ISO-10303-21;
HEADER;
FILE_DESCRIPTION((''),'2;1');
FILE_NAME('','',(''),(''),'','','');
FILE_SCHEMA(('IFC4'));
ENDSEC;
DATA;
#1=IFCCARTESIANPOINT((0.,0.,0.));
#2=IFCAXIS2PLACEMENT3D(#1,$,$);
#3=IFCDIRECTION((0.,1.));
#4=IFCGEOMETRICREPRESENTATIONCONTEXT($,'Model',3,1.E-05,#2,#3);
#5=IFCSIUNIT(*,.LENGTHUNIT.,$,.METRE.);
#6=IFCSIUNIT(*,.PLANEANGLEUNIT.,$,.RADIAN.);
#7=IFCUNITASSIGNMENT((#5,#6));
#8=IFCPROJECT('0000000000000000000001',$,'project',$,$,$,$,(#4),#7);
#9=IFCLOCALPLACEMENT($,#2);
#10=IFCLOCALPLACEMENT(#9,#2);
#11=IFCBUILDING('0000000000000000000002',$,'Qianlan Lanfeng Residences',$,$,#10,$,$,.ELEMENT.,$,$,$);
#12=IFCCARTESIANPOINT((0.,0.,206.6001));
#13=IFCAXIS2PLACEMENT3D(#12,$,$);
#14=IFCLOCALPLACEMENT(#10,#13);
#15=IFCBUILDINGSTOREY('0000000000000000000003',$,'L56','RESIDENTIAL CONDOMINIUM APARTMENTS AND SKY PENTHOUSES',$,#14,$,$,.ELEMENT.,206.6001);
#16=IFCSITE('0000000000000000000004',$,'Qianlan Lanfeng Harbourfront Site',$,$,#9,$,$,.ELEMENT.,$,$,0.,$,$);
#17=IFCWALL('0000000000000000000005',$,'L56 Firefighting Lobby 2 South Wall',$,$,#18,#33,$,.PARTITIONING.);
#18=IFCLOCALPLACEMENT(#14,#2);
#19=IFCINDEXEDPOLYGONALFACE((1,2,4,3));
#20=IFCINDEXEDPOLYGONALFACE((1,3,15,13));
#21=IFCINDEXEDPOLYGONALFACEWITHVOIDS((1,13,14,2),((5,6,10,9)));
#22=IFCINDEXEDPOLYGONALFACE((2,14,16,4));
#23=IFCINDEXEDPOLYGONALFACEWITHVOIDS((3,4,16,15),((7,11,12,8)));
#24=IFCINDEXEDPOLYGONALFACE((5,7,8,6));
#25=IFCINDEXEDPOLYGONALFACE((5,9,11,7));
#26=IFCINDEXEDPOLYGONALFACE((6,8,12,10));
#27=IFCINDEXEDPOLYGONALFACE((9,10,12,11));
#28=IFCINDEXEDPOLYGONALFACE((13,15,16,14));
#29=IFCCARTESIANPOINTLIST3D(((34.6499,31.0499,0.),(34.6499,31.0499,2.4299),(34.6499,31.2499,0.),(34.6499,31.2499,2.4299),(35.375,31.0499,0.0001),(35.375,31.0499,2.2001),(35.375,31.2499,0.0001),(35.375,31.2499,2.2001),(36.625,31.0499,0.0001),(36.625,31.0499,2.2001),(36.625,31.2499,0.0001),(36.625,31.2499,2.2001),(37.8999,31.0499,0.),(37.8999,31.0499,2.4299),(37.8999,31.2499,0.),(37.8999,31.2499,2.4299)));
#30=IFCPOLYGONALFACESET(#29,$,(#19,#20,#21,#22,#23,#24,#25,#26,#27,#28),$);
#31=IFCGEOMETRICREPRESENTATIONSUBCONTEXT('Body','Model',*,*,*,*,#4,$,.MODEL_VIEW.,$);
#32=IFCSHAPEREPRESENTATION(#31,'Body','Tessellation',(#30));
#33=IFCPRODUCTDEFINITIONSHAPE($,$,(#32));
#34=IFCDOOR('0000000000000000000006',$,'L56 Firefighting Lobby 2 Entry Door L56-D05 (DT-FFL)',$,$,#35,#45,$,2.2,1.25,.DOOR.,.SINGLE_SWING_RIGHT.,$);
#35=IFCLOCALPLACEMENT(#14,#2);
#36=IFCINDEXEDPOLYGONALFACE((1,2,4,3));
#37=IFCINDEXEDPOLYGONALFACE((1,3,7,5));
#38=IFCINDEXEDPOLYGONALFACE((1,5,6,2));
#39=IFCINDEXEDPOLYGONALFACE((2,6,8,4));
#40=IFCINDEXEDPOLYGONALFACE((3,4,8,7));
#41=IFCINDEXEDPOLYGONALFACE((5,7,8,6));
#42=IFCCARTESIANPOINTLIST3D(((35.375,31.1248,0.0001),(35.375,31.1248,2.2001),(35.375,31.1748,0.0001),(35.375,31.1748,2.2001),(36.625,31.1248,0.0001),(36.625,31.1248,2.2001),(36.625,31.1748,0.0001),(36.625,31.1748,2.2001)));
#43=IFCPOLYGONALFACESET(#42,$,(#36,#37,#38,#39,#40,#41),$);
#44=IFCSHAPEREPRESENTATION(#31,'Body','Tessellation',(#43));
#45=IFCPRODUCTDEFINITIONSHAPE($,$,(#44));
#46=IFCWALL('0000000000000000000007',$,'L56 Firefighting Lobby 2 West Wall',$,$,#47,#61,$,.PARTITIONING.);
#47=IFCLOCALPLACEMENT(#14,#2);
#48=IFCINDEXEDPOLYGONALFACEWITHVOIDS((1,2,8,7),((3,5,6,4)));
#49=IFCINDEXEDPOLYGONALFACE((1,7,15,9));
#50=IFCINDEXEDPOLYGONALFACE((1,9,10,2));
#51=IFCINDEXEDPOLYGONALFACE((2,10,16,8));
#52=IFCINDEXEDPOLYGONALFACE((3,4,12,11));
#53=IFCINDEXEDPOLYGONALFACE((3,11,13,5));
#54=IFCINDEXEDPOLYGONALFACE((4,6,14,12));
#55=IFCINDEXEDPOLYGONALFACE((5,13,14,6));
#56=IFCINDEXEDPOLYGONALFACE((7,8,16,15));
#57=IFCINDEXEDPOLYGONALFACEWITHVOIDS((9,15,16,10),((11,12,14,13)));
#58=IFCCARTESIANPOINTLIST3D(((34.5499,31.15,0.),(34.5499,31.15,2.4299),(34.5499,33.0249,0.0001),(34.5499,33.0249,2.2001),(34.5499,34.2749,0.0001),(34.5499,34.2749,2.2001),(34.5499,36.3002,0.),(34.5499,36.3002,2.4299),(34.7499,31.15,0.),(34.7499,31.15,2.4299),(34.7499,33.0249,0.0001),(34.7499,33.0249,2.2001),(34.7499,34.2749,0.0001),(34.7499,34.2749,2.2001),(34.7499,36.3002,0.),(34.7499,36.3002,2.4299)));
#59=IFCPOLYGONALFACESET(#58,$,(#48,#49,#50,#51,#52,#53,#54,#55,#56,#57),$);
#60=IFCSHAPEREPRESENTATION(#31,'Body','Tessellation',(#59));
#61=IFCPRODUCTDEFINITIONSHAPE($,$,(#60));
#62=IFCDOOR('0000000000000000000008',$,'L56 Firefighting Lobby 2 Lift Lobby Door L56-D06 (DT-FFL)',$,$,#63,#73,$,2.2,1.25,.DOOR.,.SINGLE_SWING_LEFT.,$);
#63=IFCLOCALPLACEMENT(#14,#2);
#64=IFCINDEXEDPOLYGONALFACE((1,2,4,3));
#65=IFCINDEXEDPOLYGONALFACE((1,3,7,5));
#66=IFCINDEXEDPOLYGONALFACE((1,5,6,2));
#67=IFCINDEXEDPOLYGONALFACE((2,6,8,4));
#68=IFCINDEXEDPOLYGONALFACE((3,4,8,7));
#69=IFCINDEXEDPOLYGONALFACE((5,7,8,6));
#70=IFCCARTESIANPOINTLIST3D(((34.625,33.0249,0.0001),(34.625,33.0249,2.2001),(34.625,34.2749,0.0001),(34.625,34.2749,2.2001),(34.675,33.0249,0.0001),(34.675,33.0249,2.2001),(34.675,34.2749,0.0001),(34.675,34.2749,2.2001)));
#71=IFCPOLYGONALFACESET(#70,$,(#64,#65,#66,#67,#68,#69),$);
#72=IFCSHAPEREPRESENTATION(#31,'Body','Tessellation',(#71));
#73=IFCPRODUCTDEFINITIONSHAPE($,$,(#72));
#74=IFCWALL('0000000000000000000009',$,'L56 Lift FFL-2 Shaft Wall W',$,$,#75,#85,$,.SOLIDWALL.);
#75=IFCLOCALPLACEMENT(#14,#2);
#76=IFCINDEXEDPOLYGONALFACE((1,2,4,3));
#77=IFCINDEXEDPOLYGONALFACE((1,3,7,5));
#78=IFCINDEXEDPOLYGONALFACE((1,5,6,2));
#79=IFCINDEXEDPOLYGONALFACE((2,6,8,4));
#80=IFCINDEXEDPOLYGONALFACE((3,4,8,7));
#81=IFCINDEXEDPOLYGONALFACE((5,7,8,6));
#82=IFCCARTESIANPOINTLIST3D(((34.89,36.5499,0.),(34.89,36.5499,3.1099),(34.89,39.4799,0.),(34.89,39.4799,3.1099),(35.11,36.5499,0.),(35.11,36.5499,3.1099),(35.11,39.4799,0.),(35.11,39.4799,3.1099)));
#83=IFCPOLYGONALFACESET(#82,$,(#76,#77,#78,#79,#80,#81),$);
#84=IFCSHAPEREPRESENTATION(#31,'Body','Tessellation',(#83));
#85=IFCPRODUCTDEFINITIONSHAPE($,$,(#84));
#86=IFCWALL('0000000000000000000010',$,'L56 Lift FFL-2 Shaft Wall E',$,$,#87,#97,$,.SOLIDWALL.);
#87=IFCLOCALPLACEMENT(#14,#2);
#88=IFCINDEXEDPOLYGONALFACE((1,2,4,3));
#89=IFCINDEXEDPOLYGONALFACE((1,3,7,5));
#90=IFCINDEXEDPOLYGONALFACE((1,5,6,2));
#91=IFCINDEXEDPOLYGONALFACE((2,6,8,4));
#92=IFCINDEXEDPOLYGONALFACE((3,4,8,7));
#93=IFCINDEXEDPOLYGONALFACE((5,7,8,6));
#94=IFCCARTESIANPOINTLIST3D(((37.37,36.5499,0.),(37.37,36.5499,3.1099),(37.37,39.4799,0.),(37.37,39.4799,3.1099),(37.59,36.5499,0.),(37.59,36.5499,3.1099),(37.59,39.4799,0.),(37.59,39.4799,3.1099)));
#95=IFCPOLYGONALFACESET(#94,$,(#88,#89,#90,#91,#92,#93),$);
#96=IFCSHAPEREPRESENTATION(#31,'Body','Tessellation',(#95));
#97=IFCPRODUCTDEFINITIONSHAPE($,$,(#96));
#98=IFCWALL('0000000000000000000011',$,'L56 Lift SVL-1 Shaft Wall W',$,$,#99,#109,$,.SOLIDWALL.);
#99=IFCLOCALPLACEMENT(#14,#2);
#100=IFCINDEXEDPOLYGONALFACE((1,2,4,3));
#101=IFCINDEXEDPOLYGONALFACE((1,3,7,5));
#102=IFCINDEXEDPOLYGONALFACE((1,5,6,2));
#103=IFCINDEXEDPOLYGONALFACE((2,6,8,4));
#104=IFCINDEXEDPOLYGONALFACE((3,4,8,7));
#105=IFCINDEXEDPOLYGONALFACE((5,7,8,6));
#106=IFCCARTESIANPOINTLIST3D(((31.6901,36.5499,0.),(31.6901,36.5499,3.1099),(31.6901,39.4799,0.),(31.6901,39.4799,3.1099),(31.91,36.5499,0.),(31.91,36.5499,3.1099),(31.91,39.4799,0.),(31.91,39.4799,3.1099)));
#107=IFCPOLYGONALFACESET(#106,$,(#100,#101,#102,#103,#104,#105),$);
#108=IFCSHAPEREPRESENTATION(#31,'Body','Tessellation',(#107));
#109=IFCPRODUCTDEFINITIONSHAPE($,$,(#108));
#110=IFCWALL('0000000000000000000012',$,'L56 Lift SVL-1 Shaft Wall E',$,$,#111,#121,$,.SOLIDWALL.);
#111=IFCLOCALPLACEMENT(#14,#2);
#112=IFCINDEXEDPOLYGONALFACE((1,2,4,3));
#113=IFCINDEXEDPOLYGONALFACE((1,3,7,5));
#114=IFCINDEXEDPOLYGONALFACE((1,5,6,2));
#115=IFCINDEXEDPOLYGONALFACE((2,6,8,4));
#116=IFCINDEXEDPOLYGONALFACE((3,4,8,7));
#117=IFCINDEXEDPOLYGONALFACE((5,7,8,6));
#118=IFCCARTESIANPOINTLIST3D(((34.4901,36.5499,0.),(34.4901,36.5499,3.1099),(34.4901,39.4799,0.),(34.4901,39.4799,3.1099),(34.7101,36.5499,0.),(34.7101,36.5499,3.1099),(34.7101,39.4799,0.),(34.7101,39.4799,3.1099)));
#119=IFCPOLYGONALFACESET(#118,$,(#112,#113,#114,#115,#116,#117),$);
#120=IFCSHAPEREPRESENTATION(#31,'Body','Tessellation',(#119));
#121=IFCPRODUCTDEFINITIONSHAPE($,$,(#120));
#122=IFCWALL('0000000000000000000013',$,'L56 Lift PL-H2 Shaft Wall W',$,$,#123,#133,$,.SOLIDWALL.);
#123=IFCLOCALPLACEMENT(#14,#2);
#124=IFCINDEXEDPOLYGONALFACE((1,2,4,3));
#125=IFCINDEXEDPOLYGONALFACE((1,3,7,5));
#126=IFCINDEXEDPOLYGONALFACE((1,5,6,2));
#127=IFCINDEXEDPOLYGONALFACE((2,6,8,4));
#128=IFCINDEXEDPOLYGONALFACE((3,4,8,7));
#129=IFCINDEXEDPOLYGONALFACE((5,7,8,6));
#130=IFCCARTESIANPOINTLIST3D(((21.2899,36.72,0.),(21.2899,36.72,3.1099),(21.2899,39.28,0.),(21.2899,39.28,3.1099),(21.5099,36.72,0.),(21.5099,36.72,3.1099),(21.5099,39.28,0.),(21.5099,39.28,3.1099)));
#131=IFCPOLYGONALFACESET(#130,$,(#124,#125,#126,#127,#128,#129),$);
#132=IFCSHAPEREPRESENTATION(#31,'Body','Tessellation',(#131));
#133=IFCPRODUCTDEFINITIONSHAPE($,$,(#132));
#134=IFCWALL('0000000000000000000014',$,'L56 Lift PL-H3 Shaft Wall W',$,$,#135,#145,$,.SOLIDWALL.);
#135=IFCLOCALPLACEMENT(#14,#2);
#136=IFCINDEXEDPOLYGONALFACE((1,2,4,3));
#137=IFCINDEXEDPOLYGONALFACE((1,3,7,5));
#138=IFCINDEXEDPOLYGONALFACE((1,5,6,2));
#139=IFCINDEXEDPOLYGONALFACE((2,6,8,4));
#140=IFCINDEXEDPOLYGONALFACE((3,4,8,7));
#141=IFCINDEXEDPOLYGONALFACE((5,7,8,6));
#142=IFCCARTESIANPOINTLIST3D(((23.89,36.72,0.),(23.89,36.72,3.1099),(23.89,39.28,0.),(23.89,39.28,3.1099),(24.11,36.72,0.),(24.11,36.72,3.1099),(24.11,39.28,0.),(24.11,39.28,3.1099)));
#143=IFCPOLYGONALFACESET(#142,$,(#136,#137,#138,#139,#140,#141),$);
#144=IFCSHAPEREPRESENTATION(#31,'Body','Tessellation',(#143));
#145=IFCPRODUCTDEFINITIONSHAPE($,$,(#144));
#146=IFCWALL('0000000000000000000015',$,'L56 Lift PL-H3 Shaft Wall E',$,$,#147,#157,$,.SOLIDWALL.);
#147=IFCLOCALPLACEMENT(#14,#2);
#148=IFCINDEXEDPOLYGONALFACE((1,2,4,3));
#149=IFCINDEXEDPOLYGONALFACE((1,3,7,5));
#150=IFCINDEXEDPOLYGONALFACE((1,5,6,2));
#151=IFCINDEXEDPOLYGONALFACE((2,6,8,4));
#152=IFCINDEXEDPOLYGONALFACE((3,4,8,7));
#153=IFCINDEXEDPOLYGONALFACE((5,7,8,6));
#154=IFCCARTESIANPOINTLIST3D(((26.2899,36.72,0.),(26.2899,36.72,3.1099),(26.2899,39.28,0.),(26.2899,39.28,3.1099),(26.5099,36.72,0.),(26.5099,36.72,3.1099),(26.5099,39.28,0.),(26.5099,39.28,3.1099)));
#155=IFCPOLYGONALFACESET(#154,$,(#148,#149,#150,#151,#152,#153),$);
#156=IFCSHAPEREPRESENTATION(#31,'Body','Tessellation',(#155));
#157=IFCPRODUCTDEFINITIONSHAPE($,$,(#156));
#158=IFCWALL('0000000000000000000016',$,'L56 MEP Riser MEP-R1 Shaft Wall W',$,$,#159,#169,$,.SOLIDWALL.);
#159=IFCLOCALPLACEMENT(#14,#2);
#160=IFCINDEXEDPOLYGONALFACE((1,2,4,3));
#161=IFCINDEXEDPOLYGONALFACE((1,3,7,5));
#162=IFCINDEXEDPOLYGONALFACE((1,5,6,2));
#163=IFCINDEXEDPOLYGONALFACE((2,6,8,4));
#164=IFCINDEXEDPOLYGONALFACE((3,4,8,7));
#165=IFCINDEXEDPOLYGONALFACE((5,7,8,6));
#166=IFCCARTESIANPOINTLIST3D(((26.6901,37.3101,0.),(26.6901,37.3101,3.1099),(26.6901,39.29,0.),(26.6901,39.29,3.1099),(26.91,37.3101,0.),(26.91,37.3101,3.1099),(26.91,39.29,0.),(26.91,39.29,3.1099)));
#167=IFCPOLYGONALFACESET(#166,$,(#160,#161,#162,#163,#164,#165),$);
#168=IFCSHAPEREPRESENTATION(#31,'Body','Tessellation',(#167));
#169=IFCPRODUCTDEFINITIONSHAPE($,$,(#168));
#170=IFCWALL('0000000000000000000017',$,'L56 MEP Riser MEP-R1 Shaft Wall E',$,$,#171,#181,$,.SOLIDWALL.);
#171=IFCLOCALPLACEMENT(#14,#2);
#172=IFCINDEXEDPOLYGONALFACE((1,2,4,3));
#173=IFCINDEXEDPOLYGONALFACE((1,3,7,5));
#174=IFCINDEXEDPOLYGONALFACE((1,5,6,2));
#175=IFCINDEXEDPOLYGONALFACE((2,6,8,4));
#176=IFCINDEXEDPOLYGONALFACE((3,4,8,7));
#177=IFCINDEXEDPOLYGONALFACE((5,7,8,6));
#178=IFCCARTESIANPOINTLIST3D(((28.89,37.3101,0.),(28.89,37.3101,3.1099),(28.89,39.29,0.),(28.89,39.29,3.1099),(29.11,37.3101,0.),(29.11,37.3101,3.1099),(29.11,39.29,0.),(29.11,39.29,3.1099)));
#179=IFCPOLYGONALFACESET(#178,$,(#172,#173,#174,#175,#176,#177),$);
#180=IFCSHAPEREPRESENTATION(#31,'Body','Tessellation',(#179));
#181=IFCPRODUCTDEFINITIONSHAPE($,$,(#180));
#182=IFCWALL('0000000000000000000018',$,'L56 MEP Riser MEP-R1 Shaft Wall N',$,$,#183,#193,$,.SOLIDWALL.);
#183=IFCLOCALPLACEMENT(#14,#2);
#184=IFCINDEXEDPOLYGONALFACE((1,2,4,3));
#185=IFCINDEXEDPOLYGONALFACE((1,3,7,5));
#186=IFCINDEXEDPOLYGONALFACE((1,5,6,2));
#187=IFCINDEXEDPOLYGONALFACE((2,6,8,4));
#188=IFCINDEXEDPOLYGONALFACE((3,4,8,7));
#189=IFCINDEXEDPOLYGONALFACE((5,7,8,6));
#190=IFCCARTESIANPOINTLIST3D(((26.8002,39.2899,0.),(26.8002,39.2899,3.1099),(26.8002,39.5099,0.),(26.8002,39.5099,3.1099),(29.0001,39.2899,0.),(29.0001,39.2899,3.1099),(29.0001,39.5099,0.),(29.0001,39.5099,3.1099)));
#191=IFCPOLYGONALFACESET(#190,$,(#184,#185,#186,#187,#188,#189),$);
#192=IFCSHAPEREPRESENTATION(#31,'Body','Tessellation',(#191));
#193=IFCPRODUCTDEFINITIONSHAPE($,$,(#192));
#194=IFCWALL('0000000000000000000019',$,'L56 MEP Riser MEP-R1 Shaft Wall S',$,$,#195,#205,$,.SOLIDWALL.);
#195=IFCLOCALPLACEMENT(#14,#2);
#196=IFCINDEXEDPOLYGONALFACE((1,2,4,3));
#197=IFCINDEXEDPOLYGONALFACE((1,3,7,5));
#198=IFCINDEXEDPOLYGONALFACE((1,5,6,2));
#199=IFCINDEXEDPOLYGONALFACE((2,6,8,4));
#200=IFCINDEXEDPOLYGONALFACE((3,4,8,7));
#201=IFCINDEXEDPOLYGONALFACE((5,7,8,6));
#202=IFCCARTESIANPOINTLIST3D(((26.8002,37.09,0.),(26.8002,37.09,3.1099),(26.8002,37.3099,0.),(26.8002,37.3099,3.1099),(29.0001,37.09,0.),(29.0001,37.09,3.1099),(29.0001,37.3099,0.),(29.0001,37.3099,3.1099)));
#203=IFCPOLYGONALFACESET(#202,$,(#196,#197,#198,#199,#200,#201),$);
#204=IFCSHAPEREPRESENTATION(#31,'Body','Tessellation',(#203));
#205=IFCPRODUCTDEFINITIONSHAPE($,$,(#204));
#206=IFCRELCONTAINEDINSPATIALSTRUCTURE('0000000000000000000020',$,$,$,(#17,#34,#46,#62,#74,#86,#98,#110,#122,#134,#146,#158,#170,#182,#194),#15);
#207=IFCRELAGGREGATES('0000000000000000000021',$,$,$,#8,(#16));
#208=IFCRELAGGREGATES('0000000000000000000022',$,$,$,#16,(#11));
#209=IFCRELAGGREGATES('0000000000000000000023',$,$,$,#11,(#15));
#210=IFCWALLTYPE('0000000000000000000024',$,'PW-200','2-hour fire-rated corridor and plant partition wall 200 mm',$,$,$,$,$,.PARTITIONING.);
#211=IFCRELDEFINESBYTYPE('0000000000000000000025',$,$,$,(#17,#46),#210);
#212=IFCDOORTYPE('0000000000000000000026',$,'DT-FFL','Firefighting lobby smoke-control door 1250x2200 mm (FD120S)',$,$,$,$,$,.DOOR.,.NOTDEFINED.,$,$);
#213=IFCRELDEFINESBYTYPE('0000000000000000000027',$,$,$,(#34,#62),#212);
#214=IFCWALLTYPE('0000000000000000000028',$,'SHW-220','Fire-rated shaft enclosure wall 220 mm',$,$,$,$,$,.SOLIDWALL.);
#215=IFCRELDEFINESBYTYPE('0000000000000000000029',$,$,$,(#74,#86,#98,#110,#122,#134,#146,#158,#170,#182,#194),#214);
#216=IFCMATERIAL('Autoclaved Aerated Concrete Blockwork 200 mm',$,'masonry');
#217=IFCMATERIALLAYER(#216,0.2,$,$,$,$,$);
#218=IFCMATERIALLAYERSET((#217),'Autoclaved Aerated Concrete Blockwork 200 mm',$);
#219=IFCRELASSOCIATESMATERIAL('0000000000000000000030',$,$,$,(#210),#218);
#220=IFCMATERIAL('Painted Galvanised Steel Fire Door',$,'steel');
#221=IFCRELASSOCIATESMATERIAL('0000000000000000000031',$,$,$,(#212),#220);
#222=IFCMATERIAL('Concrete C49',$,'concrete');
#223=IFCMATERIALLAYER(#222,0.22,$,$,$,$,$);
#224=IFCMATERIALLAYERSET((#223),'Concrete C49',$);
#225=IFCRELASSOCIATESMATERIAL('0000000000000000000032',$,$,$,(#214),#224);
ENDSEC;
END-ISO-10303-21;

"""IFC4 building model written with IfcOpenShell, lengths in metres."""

from ifc_helpers import new_model, si_unit, direction, frame, frame_2d, origin, place, context, subcontext, project, spatial, rectangle, extrude, material, layer, layer_set, type_object, element, fill, save


model = new_model("IFC4")

# Units and contexts
model_context = context("Model", 3, precision=1e-05, world=origin(), true_north=direction((0.0, 1.0)))
body_context = subcontext(model_context, "Body", "Model", "MODEL_VIEW")
ifc_project = project(units=[si_unit("LENGTHUNIT", "METRE"), si_unit("PLANEANGLEUNIT", "RADIAN")], contexts=[model_context])

# Site, building, storey
site_placement = place(None, origin())
site = spatial("IfcSite", under=ifc_project, at=site_placement, Name="Qianlan Lanfeng Harbourfront Site", CompositionType="ELEMENT", RefElevation=0.0)
building_placement = place(site_placement, origin())
building = spatial("IfcBuilding", under=site, at=building_placement, Name="Qianlan Lanfeng Residences", CompositionType="ELEMENT")
storey_placement = place(building_placement, frame((0.0, 0.0, 206.6001)))
storey = spatial("IfcBuildingStorey", under=building, at=storey_placement, Name="L56", Description="RESIDENTIAL CONDOMINIUM APARTMENTS AND SKY PENTHOUSES", CompositionType="ELEMENT", Elevation=206.6001)

# Walls, openings, doors
ifc_material_1 = material(Name="Autoclaved Aerated Concrete Blockwork 200 mm", Category="masonry")
ifc_layer_1 = layer(ifc_material_1, 0.2)
ifc_layer_set_1 = layer_set([ifc_layer_1], Name="Autoclaved Aerated Concrete Blockwork 200 mm")
wall_type_1 = type_object("IfcWallType", Name="PW-200", Description="2-hour fire-rated corridor and plant partition wall 200 mm", PredefinedType="PARTITIONING", material=ifc_layer_set_1)
wall_1_placement = place(storey_placement, frame((34.6499, 31.1499, 0.0), z_axis=(0.0, 0.0, 1.0), x_axis=(1.0, 0.0, 0.0)))
wall_1 = element("IfcWall", 1, at=wall_1_placement, inside=storey, type_object=wall_type_1, Name="L56 Firefighting Lobby 2 South Wall", PredefinedType="PARTITIONING", context=body_context, shape_type="SweptSolid", body=[
    extrude(rectangle(XDim=3.25, YDim=0.2, at=frame_2d((1.625, 0.0))), origin(), (0.0, 0.0, 1.0), 2.4299),
])
opening_1_placement = place(wall_1_placement, frame((0.7251, 0.0, 0.0)))
opening_1 = element("IfcOpeningElement", 2, at=opening_1_placement, cuts=wall_1, PredefinedType="OPENING", context=body_context, shape_type="SweptSolid", body=[
    extrude(rectangle(XDim=1.25, YDim=2.2, at=frame_2d((0.625, 1.1001))), frame((0.0, 0.1099, 0.0), z_axis=(0.0, -1.0, 0.0), x_axis=(1.0, 0.0, 0.0)), (0.0, 0.0, 1.0), 0.22),
])
ifc_material_2 = material(Name="Painted Galvanised Steel Fire Door", Category="steel")
door_type = type_object("IfcDoorType", Name="DT-FFL", Description="Firefighting lobby smoke-control door 1250x2200 mm (FD120S)", OperationType="NOTDEFINED", PredefinedType="DOOR", material=ifc_material_2)
door_1_placement = place(opening_1_placement, origin())
door_1 = element("IfcDoor", 3, at=door_1_placement, inside=storey, type_object=door_type, Name="L56 Firefighting Lobby 2 Entry Door L56-D05 (DT-FFL)", OperationType="SINGLE_SWING_RIGHT", OverallHeight=2.2, OverallWidth=1.25, PredefinedType="DOOR", context=body_context, shape_type="SweptSolid", body=[
    extrude(rectangle(XDim=1.25, YDim=2.2, at=frame_2d((0.625, 1.1001))), frame((0.0, 0.0249, 0.0), z_axis=(0.0, -1.0, 0.0), x_axis=(1.0, 0.0, 0.0)), (0.0, 0.0, 1.0), 0.05),
])
fill(opening_1, door_1)
wall_2_placement = place(storey_placement, frame((34.6499, 31.1499, 0.0), z_axis=(0.0, 0.0, 1.0), x_axis=(0.0, 1.0, 0.0)))
wall_2 = element("IfcWall", 4, at=wall_2_placement, inside=storey, type_object=wall_type_1, Name="L56 Firefighting Lobby 2 West Wall", PredefinedType="PARTITIONING", context=body_context, shape_type="SweptSolid", body=[
    extrude(rectangle(XDim=5.1501, YDim=0.2, at=frame_2d((2.5752, 0.0))), origin(), (0.0, 0.0, 1.0), 2.4299),
])
opening_2_placement = place(wall_2_placement, frame((1.875, 0.0, 0.0)))
opening_2 = element("IfcOpeningElement", 5, at=opening_2_placement, cuts=wall_2, PredefinedType="OPENING", context=body_context, shape_type="SweptSolid", body=[
    extrude(rectangle(XDim=1.25, YDim=2.2, at=frame_2d((0.625, 1.1001))), frame((0.0, 0.1099, 0.0), z_axis=(0.0, -1.0, 0.0), x_axis=(1.0, 0.0, 0.0)), (0.0, 0.0, 1.0), 0.22),
])
door_2_placement = place(opening_2_placement, origin())
door_2 = element("IfcDoor", 6, at=door_2_placement, inside=storey, type_object=door_type, Name="L56 Firefighting Lobby 2 Lift Lobby Door L56-D06 (DT-FFL)", OperationType="SINGLE_SWING_LEFT", OverallHeight=2.2, OverallWidth=1.25, PredefinedType="DOOR", context=body_context, shape_type="SweptSolid", body=[
    extrude(rectangle(XDim=1.25, YDim=2.2, at=frame_2d((0.625, 1.1001))), frame((0.0, 0.0249, 0.0), z_axis=(0.0, -1.0, 0.0), x_axis=(1.0, 0.0, 0.0)), (0.0, 0.0, 1.0), 0.05),
])
fill(opening_2, door_2)

# Walls
ifc_material_3 = material(Name="Concrete C49", Category="concrete")
ifc_layer_2 = layer(ifc_material_3, 0.22)
ifc_layer_set_2 = layer_set([ifc_layer_2], Name="Concrete C49")
wall_type_2 = type_object("IfcWallType", Name="SHW-220", Description="Fire-rated shaft enclosure wall 220 mm", PredefinedType="SOLIDWALL", material=ifc_layer_set_2)
for number, where, z_axis, x_axis, name in (
    (7, (35.0, 36.55, 0.0), (0.0, 0.0, 1.0), (0.0, 1.0, 0.0), "L56 Lift FFL-2 Shaft Wall W"),
    (8, (37.48, 36.55, 0.0), (0.0, 0.0, 1.0), (0.0, 1.0, 0.0), "L56 Lift FFL-2 Shaft Wall E"),
    (9, (31.8, 36.55, 0.0), (0.0, 0.0, 1.0), (0.0, 1.0, 0.0), "L56 Lift SVL-1 Shaft Wall W"),
    (10, (34.6001, 36.55, 0.0), (0.0, 0.0, 1.0), (0.0, 1.0, 0.0), "L56 Lift SVL-1 Shaft Wall E"),
):
    element("IfcWall", number, at=place(storey_placement, frame(where, z_axis=z_axis, x_axis=x_axis)), inside=storey, type_object=wall_type_2, Name=name, PredefinedType="SOLIDWALL", context=body_context, shape_type="SweptSolid", body=[
        extrude(rectangle(XDim=2.9299, YDim=0.22, at=frame_2d((1.4648, 0.0))), origin(), (0.0, 0.0, 1.0), 3.1099),
    ])
for number, where, z_axis, x_axis, name in (
    (11, (21.3999, 36.72, 0.0), (0.0, 0.0, 1.0), (0.0, 1.0, 0.0), "L56 Lift PL-H2 Shaft Wall W"),
    (12, (24.0, 36.72, 0.0), (0.0, 0.0, 1.0), (0.0, 1.0, 0.0), "L56 Lift PL-H3 Shaft Wall W"),
    (13, (26.3999, 36.72, 0.0), (0.0, 0.0, 1.0), (0.0, 1.0, 0.0), "L56 Lift PL-H3 Shaft Wall E"),
):
    element("IfcWall", number, at=place(storey_placement, frame(where, z_axis=z_axis, x_axis=x_axis)), inside=storey, type_object=wall_type_2, Name=name, PredefinedType="SOLIDWALL", context=body_context, shape_type="SweptSolid", body=[
        extrude(rectangle(XDim=2.5601, YDim=0.22, at=frame_2d((1.28, 0.0))), origin(), (0.0, 0.0, 1.0), 3.1099),
    ])
for number, where, z_axis, x_axis, name in (
    (14, (26.8, 37.3101, 0.0), (0.0, 0.0, 1.0), (0.0, 1.0, 0.0), "L56 MEP Riser MEP-R1 Shaft Wall W"),
    (15, (29.0, 37.3101, 0.0), (0.0, 0.0, 1.0), (0.0, 1.0, 0.0), "L56 MEP Riser MEP-R1 Shaft Wall E"),
):
    element("IfcWall", number, at=place(storey_placement, frame(where, z_axis=z_axis, x_axis=x_axis)), inside=storey, type_object=wall_type_2, Name=name, PredefinedType="SOLIDWALL", context=body_context, shape_type="SweptSolid", body=[
        extrude(rectangle(XDim=1.98, YDim=0.22, at=frame_2d((0.99, 0.0))), origin(), (0.0, 0.0, 1.0), 3.1099),
    ])
for number, where, z_axis, x_axis, name in (
    (16, (26.8, 39.3999, 0.0), (0.0, 0.0, 1.0), (1.0, 0.0, 0.0), "L56 MEP Riser MEP-R1 Shaft Wall N"),
    (17, (26.8, 37.2, 0.0), (0.0, 0.0, 1.0), (1.0, 0.0, 0.0), "L56 MEP Riser MEP-R1 Shaft Wall S"),
):
    element("IfcWall", number, at=place(storey_placement, frame(where, z_axis=z_axis, x_axis=x_axis)), inside=storey, type_object=wall_type_2, Name=name, PredefinedType="SOLIDWALL", context=body_context, shape_type="SweptSolid", body=[
        extrude(rectangle(XDim=2.2, YDim=0.22, at=frame_2d((1.1001, 0.0))), origin(), (0.0, 0.0, 1.0), 3.1099),
    ])

save(model, "model.ifc")
